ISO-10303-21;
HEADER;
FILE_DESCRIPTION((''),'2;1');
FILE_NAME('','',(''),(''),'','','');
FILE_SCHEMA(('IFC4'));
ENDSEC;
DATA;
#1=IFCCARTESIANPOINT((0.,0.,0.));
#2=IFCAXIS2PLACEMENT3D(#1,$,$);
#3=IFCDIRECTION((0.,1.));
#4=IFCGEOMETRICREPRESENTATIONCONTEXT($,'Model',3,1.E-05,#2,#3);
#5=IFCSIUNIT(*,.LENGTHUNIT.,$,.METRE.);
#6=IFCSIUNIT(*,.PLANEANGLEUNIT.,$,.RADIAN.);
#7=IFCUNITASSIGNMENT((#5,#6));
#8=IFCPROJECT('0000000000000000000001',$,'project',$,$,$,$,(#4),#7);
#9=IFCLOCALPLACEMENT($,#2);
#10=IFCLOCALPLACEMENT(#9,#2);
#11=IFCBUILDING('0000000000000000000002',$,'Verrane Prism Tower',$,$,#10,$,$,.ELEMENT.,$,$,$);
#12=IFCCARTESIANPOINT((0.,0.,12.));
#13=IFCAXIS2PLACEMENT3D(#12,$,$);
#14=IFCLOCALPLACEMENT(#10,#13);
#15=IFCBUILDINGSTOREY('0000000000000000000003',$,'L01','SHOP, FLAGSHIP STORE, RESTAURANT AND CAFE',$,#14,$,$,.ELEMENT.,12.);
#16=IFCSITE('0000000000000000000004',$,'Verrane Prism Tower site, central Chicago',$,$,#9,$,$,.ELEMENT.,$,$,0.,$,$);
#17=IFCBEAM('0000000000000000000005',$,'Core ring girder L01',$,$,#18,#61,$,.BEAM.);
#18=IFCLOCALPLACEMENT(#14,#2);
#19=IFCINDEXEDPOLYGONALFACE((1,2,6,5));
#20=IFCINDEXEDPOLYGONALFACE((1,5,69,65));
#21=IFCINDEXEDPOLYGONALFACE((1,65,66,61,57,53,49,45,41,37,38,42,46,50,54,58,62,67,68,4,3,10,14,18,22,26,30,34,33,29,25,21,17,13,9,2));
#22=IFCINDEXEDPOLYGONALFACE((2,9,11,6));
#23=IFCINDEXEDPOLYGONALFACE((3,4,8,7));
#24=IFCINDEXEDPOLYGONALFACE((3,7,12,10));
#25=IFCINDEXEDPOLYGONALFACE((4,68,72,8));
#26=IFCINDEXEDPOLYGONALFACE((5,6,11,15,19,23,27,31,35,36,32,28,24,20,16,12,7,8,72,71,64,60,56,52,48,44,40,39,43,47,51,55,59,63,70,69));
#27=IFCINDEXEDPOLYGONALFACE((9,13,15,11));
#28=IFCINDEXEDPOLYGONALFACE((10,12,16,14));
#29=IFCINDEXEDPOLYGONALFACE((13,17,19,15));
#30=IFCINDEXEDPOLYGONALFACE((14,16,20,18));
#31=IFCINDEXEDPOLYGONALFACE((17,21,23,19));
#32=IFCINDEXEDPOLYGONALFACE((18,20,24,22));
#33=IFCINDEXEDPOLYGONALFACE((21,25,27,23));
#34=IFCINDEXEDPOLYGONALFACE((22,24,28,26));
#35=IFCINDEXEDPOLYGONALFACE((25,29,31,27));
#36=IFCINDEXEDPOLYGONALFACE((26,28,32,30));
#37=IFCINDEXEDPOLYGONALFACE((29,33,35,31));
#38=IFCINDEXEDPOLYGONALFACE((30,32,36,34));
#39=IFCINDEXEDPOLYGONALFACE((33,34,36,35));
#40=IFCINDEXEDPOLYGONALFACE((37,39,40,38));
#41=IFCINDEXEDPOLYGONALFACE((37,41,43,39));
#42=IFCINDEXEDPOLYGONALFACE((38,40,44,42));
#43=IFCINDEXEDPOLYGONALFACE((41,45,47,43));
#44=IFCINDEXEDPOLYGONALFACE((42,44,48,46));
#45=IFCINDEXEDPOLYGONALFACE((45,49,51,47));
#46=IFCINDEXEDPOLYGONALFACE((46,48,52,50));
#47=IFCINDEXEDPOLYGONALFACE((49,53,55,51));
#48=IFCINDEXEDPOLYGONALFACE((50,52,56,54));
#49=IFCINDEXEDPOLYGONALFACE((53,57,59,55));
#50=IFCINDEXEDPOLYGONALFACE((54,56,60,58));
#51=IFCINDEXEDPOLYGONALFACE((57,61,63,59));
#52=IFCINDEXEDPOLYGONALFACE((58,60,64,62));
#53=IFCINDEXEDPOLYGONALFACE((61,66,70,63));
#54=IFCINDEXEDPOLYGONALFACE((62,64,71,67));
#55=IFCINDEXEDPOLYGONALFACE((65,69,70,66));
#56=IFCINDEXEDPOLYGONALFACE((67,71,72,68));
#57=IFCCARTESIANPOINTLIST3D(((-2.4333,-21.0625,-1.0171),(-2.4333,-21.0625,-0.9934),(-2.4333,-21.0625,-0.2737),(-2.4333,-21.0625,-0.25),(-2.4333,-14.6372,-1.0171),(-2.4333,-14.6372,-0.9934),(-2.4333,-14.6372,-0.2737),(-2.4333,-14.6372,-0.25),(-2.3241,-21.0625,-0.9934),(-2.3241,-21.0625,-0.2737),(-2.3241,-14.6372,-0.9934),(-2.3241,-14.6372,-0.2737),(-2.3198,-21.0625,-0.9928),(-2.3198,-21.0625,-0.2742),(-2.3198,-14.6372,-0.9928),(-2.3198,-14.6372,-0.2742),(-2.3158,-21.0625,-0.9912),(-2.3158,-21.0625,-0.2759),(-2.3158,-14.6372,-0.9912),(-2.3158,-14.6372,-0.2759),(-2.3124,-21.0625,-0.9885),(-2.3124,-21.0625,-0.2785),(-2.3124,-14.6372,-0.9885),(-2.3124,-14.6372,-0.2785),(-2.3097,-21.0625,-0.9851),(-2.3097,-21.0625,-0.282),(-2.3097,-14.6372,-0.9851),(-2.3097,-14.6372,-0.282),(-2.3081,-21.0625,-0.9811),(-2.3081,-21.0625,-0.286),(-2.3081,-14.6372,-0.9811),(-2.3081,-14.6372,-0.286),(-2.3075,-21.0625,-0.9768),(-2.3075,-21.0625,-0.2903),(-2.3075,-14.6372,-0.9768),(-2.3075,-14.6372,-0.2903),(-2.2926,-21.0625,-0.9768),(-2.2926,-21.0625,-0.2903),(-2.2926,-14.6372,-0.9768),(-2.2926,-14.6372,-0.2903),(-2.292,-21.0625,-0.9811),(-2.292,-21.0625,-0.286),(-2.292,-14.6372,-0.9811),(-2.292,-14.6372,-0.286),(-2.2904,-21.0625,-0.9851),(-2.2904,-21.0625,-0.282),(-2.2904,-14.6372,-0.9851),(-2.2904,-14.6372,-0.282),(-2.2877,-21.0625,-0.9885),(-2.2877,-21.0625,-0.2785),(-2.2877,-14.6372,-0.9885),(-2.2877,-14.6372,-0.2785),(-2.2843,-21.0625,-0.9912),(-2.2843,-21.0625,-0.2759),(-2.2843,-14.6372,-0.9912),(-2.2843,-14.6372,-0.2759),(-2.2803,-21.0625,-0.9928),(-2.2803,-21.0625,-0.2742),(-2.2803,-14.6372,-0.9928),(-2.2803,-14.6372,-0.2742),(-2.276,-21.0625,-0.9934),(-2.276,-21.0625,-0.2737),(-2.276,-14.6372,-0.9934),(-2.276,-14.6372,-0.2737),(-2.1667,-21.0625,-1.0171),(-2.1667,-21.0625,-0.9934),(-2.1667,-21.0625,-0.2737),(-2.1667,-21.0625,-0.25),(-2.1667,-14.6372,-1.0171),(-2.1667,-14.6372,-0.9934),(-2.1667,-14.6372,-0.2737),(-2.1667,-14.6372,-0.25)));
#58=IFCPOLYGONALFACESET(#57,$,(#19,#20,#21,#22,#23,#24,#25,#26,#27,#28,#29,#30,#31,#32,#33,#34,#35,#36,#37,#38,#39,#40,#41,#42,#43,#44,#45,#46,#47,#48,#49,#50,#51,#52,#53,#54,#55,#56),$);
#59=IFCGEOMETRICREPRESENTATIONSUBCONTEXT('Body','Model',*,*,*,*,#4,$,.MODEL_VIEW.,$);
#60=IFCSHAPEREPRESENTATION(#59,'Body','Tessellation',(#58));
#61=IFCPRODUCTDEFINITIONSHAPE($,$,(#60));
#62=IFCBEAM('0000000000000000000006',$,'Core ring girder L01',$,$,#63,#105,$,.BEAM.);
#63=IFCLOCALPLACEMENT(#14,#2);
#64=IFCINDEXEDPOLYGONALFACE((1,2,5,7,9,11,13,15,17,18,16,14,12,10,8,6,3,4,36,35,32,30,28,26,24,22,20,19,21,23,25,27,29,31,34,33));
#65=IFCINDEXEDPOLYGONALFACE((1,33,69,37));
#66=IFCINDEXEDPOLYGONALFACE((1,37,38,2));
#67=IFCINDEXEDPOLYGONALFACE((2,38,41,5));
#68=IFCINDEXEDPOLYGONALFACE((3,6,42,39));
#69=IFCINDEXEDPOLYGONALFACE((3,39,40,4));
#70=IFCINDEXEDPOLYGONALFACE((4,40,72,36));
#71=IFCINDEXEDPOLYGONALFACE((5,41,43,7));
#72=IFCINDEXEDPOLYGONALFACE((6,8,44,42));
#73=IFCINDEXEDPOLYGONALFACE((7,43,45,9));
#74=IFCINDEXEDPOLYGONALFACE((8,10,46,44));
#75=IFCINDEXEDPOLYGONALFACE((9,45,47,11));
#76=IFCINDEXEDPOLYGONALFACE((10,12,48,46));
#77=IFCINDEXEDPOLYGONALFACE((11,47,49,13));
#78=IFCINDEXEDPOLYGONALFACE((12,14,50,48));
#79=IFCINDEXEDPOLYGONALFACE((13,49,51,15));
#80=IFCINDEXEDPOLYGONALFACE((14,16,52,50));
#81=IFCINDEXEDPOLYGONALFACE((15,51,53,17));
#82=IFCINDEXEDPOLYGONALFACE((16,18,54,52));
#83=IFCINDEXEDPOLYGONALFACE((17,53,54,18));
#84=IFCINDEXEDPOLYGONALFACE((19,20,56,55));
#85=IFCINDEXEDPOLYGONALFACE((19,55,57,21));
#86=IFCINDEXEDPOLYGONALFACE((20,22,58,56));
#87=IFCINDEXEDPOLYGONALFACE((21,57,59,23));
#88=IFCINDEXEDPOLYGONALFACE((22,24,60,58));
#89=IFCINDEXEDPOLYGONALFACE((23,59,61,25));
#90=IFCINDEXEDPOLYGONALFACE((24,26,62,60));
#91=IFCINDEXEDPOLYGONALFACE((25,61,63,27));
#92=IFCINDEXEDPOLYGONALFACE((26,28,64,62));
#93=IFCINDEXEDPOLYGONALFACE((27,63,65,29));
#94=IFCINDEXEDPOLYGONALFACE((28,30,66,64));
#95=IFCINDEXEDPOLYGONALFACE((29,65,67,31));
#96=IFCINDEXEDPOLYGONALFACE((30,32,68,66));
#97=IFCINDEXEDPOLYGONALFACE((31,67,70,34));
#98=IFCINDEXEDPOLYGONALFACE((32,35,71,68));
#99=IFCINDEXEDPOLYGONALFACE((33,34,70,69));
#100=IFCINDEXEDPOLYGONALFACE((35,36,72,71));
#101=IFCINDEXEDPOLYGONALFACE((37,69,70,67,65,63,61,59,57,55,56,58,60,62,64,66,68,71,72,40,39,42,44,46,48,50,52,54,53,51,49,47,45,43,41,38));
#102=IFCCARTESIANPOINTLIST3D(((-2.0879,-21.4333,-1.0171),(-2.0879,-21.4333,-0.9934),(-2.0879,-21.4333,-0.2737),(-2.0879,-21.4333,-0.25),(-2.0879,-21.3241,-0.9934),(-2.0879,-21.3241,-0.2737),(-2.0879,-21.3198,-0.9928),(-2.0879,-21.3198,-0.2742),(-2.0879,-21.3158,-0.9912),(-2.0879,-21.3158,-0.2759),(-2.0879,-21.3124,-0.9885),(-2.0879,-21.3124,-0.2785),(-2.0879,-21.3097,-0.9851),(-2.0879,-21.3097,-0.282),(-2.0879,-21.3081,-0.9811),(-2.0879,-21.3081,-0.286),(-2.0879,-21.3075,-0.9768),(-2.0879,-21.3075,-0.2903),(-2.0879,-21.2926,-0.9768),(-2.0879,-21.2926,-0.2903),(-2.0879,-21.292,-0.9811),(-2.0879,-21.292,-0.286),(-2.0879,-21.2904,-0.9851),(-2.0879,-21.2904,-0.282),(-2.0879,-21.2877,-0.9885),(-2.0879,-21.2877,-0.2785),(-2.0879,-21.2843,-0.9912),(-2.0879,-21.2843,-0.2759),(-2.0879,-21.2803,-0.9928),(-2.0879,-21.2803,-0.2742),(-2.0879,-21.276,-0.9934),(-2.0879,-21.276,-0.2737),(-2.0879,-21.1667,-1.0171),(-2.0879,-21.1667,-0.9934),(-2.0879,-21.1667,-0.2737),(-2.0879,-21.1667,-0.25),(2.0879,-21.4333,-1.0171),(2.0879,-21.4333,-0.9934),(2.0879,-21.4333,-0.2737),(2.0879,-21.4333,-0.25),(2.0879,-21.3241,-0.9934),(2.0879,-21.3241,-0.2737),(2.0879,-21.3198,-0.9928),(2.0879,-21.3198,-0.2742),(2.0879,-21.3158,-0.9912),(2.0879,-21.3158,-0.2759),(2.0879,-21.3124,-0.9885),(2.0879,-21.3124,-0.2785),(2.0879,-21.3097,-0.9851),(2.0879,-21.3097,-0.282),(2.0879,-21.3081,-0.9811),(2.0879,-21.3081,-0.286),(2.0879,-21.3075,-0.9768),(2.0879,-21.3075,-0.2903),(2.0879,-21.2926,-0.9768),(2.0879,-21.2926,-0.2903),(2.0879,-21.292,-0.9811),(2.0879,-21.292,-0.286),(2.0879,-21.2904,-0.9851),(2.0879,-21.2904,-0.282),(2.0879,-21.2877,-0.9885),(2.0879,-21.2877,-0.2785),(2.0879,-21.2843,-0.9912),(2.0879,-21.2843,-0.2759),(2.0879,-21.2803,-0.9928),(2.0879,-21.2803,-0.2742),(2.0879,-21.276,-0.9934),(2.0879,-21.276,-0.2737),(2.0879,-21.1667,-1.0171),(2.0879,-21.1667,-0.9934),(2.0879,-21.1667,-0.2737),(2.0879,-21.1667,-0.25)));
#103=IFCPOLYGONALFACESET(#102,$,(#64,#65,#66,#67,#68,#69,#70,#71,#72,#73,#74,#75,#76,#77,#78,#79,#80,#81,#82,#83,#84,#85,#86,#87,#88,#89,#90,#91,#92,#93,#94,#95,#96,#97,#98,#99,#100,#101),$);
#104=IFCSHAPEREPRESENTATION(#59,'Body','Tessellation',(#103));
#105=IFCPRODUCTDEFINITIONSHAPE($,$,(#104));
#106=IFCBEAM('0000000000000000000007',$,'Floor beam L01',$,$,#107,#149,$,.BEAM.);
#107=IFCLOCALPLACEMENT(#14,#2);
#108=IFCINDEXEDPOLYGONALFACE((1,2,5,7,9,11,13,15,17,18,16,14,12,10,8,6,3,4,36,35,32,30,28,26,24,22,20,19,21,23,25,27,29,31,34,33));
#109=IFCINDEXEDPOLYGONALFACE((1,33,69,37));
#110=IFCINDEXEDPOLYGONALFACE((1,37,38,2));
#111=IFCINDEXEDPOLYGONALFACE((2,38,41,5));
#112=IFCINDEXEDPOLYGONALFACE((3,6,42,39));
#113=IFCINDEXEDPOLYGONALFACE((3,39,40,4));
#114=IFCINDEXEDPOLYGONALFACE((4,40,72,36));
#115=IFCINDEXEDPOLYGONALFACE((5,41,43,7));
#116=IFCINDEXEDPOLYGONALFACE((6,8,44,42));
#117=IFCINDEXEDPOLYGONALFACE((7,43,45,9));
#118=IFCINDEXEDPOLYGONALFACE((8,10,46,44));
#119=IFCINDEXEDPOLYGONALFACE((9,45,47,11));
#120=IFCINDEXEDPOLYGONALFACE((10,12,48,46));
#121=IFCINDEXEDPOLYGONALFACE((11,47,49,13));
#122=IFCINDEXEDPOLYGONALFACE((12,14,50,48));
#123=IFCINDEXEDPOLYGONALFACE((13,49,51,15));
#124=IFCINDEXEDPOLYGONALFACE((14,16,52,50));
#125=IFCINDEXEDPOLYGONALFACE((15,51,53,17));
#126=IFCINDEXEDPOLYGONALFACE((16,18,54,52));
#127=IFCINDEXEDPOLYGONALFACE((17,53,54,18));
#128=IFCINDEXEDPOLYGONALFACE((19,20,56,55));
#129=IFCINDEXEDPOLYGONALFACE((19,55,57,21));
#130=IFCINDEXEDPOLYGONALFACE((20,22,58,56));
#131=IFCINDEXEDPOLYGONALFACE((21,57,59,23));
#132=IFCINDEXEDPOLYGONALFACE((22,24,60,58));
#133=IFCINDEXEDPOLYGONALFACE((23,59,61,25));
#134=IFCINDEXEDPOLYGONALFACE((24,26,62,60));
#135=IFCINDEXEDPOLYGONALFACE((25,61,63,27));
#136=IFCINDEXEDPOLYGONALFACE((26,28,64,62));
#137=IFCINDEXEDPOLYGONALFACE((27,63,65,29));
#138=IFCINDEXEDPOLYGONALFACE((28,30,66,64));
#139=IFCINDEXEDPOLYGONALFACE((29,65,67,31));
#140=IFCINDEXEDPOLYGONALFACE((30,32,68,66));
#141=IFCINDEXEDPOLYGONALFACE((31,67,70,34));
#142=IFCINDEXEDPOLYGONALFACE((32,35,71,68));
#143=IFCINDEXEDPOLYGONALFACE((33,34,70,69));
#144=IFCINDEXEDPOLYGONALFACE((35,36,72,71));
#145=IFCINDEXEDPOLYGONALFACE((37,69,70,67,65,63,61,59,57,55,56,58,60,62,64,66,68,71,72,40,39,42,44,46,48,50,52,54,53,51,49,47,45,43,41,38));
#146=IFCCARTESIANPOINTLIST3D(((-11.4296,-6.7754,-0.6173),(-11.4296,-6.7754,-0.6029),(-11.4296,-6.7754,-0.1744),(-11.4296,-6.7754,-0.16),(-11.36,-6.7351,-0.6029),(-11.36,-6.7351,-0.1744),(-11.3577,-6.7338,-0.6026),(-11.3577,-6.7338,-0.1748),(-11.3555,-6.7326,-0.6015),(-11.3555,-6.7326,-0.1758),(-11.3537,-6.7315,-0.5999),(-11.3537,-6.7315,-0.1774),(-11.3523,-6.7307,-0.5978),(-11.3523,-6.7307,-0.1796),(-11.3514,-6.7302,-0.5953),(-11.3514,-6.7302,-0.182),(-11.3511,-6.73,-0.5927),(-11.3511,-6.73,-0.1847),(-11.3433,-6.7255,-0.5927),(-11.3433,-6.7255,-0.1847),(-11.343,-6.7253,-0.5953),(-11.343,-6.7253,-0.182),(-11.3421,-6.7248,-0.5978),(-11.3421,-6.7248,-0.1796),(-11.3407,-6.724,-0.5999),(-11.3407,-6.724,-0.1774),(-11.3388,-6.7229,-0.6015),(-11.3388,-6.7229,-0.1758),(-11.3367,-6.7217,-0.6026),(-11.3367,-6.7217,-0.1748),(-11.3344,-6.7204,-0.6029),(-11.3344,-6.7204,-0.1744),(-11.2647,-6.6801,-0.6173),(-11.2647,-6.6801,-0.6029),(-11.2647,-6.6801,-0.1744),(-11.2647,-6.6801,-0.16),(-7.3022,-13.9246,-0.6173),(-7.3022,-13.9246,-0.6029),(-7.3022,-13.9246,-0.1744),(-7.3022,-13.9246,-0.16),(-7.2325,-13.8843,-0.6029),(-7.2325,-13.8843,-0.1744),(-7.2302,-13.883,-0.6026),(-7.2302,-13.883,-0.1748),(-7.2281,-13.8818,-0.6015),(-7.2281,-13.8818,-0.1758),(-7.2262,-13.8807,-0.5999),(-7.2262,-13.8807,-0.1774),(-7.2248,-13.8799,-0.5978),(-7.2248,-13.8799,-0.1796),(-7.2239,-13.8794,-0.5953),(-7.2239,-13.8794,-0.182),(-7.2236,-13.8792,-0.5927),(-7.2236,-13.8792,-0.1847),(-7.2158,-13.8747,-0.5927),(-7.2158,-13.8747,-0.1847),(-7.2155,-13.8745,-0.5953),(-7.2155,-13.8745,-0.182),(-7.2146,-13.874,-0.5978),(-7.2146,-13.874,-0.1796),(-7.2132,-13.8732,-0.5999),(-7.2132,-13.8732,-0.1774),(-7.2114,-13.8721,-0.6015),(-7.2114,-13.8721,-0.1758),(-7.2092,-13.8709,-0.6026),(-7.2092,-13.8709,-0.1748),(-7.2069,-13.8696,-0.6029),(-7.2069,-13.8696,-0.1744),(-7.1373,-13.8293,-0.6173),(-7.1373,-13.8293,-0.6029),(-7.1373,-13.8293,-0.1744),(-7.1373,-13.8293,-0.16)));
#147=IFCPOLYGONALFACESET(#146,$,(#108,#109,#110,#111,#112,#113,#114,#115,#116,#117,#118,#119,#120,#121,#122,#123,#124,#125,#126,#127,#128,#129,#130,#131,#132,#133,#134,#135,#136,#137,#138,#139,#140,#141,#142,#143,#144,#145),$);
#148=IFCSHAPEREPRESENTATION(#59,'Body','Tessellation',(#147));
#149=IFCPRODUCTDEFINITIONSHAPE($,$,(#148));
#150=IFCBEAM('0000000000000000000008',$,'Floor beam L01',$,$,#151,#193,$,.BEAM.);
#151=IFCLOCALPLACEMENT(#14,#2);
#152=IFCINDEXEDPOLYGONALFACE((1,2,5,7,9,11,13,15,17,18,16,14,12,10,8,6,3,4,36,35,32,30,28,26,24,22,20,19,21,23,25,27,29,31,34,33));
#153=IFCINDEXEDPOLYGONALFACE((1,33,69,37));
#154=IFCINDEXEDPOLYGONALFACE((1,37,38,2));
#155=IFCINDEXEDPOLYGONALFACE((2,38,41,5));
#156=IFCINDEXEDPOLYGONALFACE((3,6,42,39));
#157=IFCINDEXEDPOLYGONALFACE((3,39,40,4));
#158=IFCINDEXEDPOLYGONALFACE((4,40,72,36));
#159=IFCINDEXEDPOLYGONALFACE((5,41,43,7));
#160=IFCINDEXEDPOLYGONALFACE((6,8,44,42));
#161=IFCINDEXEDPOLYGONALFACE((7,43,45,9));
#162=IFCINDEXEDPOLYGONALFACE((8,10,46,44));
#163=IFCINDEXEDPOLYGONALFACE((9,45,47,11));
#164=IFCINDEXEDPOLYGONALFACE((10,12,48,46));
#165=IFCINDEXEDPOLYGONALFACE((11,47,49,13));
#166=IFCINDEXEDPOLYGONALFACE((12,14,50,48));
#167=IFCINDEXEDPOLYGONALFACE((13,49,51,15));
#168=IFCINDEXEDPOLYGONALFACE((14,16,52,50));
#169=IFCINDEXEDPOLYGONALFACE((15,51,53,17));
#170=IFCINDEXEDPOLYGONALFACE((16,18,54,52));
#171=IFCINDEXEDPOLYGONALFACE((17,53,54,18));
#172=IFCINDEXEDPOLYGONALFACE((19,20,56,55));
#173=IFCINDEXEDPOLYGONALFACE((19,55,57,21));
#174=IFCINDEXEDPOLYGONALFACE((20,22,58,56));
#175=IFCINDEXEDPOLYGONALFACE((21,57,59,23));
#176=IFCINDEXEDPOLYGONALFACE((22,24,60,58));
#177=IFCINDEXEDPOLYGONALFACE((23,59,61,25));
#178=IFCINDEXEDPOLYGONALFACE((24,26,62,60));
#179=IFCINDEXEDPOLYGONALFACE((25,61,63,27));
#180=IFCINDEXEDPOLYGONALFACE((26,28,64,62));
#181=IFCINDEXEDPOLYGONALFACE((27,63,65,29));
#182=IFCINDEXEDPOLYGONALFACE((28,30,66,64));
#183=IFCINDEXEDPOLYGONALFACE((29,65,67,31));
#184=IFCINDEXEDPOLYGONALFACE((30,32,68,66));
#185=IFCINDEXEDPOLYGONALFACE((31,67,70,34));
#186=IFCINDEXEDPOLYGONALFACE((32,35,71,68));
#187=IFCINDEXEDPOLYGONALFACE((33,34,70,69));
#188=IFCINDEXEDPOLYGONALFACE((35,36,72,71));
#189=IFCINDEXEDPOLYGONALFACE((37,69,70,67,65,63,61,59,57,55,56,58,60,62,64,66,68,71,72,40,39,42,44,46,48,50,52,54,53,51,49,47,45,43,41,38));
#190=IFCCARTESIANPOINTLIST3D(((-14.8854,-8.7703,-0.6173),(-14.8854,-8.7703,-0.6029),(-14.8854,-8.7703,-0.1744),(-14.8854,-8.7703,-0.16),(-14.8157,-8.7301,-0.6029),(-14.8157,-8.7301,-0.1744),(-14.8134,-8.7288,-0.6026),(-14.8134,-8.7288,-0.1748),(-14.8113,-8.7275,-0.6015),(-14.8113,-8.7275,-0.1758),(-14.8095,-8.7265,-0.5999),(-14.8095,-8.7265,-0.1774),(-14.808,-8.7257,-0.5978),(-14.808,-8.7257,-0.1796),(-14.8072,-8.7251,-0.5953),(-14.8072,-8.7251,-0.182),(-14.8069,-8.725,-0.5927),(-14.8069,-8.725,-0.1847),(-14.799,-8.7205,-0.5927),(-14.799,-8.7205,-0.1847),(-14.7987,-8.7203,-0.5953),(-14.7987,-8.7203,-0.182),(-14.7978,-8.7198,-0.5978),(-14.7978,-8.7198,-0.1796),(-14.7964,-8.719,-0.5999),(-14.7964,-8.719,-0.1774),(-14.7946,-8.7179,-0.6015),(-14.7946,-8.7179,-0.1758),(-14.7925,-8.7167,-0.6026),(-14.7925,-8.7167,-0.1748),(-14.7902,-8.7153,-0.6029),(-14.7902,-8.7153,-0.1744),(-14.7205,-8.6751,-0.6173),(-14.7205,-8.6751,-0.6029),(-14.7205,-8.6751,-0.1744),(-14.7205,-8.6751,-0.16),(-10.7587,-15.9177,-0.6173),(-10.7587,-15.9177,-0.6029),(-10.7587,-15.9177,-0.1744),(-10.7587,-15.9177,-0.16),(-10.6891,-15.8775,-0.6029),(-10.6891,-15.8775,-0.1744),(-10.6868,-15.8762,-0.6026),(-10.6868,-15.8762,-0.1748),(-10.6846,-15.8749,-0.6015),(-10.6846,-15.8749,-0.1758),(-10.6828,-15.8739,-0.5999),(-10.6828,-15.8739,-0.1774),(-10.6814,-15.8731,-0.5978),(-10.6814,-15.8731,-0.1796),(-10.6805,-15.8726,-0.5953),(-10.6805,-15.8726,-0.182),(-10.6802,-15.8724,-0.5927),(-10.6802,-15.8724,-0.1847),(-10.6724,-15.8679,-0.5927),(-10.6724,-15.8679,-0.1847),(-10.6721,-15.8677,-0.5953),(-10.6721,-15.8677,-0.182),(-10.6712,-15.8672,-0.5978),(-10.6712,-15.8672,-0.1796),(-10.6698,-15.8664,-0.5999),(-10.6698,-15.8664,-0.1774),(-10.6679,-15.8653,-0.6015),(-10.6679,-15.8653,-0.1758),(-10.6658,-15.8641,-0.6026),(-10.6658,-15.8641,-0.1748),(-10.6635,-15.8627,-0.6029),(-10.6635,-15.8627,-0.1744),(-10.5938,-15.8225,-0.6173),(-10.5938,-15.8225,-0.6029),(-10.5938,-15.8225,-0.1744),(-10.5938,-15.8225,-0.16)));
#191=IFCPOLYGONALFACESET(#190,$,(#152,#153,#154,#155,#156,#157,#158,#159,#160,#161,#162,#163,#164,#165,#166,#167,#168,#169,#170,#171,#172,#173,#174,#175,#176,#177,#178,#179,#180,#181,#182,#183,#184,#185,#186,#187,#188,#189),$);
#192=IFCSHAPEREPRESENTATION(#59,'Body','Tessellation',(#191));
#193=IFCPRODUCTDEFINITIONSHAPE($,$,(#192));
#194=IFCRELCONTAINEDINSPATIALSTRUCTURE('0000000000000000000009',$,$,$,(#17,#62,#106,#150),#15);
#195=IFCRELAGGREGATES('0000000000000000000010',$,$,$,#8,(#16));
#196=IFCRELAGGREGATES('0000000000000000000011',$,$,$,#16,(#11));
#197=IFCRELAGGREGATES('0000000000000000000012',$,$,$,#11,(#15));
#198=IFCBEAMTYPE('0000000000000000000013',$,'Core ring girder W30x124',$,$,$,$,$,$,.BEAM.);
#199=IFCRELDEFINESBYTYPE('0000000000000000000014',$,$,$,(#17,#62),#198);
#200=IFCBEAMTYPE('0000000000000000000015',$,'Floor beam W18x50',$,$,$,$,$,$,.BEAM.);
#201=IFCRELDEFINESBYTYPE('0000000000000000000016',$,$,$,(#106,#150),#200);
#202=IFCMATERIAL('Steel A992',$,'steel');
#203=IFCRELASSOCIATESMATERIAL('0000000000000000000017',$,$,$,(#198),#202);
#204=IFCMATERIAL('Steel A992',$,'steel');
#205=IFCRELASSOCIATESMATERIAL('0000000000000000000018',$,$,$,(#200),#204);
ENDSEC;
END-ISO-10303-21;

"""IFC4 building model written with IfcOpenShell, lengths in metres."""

from ifc_helpers import new_model, si_unit, direction, frame, origin, origin_2d, place, context, subcontext, project, spatial, i_section, extrude, material, material_profile, profile_set, type_object, element, save


model = new_model("IFC4")

# Units and contexts
model_context = context("Model", 3, precision=1e-05, world=origin(), true_north=direction((0.0, 1.0)))
body_context = subcontext(model_context, "Body", "Model", "MODEL_VIEW")
ifc_project = project(units=[si_unit("LENGTHUNIT", "METRE"), si_unit("PLANEANGLEUNIT", "RADIAN")], contexts=[model_context])

# Site, building, storey
site_placement = place(None, origin())
site = spatial("IfcSite", under=ifc_project, at=site_placement, Name="Verrane Prism Tower site, central Chicago", CompositionType="ELEMENT", RefElevation=0.0)
building_placement = place(site_placement, origin())
building = spatial("IfcBuilding", under=site, at=building_placement, Name="Verrane Prism Tower", CompositionType="ELEMENT")
storey_placement = place(building_placement, frame((0.0, 0.0, 12.0)))
storey = spatial("IfcBuildingStorey", under=building, at=storey_placement, Name="L01", Description="SHOP, FLAGSHIP STORE, RESTAURANT AND CAFE", CompositionType="ELEMENT", Elevation=12.0)

# Beams
ifc_material_1 = material(Name="Steel A992", Category="steel")
ifc_material_profile_1 = material_profile(ifc_material_1, i_section(OverallWidth=0.2666, OverallDepth=0.7671, WebThickness=0.0149, FlangeThickness=0.0237, FilletRadius=0.0166, at=origin_2d()), Name="W30x124")
ifc_profile_set_1 = profile_set([ifc_material_profile_1], Name="Steel A992")
beam_type_1 = type_object("IfcBeamType", Name="Core ring girder W30x124", PredefinedType="BEAM", material=ifc_profile_set_1)
beam_1_placement = place(storey_placement, frame((-2.3, -14.6372, -0.6335), z_axis=(0.0, -1.0, 0.0), x_axis=(1.0, 0.0, 0.0)))
element("IfcBeam", 1, at=beam_1_placement, inside=storey, type_object=beam_type_1, Name="Core ring girder L01", PredefinedType="BEAM", context=body_context, shape_type="SweptSolid", body=[
    extrude(i_section(OverallWidth=0.2666, OverallDepth=0.7671, WebThickness=0.0149, FlangeThickness=0.0237, FilletRadius=0.0166, at=origin_2d()), origin(), (0.0, 0.0, 1.0), 6.4253),
])
beam_2_placement = place(storey_placement, frame((-2.0879, -21.3, -0.6335), z_axis=(1.0, 0.0, 0.0), x_axis=(0.0, 1.0, 0.0)))
element("IfcBeam", 2, at=beam_2_placement, inside=storey, type_object=beam_type_1, Name="Core ring girder L01", PredefinedType="BEAM", context=body_context, shape_type="SweptSolid", body=[
    extrude(i_section(OverallWidth=0.2666, OverallDepth=0.7671, WebThickness=0.0149, FlangeThickness=0.0237, FilletRadius=0.0166, at=origin_2d()), origin(), (0.0, 0.0, 1.0), 4.1758),
])
ifc_material_2 = material(Name="Steel A992", Category="steel")
ifc_material_profile_2 = material_profile(ifc_material_2, i_section(OverallWidth=0.1904, OverallDepth=0.4573, WebThickness=0.009, FlangeThickness=0.0144, FilletRadius=0.0103, at=origin_2d()), Name="W18x50")
ifc_profile_set_2 = profile_set([ifc_material_profile_2], Name="Steel A992")
beam_type_2 = type_object("IfcBeamType", Name="Floor beam W18x50", PredefinedType="BEAM", material=ifc_profile_set_2)
beam_3_placement = place(storey_placement, frame((-7.2197, -13.877, -0.3887), z_axis=(-0.499988, 0.866032, 0.0), x_axis=(-0.866032, -0.499988, 0.0)))
element("IfcBeam", 3, at=beam_3_placement, inside=storey, type_object=beam_type_2, Name="Floor beam L01", PredefinedType="BEAM", context=body_context, shape_type="SweptSolid", body=[
    extrude(i_section(OverallWidth=0.1904, OverallDepth=0.4573, WebThickness=0.009, FlangeThickness=0.0144, FilletRadius=0.0103, at=origin_2d()), origin(), (0.0, 0.0, 1.0), 8.2551),
])
beam_4_placement = place(storey_placement, frame((-10.6763, -15.8701, -0.3887), z_axis=(-0.500011, 0.866019, 0.0), x_axis=(-0.866019, -0.500011, 0.0)))
element("IfcBeam", 4, at=beam_4_placement, inside=storey, type_object=beam_type_2, Name="Floor beam L01", PredefinedType="BEAM", context=body_context, shape_type="SweptSolid", body=[
    extrude(i_section(OverallWidth=0.1904, OverallDepth=0.4573, WebThickness=0.009, FlangeThickness=0.0144, FilletRadius=0.0103, at=origin_2d()), origin(), (0.0, 0.0, 1.0), 8.2532),
])

save(model, "model.ifc")
